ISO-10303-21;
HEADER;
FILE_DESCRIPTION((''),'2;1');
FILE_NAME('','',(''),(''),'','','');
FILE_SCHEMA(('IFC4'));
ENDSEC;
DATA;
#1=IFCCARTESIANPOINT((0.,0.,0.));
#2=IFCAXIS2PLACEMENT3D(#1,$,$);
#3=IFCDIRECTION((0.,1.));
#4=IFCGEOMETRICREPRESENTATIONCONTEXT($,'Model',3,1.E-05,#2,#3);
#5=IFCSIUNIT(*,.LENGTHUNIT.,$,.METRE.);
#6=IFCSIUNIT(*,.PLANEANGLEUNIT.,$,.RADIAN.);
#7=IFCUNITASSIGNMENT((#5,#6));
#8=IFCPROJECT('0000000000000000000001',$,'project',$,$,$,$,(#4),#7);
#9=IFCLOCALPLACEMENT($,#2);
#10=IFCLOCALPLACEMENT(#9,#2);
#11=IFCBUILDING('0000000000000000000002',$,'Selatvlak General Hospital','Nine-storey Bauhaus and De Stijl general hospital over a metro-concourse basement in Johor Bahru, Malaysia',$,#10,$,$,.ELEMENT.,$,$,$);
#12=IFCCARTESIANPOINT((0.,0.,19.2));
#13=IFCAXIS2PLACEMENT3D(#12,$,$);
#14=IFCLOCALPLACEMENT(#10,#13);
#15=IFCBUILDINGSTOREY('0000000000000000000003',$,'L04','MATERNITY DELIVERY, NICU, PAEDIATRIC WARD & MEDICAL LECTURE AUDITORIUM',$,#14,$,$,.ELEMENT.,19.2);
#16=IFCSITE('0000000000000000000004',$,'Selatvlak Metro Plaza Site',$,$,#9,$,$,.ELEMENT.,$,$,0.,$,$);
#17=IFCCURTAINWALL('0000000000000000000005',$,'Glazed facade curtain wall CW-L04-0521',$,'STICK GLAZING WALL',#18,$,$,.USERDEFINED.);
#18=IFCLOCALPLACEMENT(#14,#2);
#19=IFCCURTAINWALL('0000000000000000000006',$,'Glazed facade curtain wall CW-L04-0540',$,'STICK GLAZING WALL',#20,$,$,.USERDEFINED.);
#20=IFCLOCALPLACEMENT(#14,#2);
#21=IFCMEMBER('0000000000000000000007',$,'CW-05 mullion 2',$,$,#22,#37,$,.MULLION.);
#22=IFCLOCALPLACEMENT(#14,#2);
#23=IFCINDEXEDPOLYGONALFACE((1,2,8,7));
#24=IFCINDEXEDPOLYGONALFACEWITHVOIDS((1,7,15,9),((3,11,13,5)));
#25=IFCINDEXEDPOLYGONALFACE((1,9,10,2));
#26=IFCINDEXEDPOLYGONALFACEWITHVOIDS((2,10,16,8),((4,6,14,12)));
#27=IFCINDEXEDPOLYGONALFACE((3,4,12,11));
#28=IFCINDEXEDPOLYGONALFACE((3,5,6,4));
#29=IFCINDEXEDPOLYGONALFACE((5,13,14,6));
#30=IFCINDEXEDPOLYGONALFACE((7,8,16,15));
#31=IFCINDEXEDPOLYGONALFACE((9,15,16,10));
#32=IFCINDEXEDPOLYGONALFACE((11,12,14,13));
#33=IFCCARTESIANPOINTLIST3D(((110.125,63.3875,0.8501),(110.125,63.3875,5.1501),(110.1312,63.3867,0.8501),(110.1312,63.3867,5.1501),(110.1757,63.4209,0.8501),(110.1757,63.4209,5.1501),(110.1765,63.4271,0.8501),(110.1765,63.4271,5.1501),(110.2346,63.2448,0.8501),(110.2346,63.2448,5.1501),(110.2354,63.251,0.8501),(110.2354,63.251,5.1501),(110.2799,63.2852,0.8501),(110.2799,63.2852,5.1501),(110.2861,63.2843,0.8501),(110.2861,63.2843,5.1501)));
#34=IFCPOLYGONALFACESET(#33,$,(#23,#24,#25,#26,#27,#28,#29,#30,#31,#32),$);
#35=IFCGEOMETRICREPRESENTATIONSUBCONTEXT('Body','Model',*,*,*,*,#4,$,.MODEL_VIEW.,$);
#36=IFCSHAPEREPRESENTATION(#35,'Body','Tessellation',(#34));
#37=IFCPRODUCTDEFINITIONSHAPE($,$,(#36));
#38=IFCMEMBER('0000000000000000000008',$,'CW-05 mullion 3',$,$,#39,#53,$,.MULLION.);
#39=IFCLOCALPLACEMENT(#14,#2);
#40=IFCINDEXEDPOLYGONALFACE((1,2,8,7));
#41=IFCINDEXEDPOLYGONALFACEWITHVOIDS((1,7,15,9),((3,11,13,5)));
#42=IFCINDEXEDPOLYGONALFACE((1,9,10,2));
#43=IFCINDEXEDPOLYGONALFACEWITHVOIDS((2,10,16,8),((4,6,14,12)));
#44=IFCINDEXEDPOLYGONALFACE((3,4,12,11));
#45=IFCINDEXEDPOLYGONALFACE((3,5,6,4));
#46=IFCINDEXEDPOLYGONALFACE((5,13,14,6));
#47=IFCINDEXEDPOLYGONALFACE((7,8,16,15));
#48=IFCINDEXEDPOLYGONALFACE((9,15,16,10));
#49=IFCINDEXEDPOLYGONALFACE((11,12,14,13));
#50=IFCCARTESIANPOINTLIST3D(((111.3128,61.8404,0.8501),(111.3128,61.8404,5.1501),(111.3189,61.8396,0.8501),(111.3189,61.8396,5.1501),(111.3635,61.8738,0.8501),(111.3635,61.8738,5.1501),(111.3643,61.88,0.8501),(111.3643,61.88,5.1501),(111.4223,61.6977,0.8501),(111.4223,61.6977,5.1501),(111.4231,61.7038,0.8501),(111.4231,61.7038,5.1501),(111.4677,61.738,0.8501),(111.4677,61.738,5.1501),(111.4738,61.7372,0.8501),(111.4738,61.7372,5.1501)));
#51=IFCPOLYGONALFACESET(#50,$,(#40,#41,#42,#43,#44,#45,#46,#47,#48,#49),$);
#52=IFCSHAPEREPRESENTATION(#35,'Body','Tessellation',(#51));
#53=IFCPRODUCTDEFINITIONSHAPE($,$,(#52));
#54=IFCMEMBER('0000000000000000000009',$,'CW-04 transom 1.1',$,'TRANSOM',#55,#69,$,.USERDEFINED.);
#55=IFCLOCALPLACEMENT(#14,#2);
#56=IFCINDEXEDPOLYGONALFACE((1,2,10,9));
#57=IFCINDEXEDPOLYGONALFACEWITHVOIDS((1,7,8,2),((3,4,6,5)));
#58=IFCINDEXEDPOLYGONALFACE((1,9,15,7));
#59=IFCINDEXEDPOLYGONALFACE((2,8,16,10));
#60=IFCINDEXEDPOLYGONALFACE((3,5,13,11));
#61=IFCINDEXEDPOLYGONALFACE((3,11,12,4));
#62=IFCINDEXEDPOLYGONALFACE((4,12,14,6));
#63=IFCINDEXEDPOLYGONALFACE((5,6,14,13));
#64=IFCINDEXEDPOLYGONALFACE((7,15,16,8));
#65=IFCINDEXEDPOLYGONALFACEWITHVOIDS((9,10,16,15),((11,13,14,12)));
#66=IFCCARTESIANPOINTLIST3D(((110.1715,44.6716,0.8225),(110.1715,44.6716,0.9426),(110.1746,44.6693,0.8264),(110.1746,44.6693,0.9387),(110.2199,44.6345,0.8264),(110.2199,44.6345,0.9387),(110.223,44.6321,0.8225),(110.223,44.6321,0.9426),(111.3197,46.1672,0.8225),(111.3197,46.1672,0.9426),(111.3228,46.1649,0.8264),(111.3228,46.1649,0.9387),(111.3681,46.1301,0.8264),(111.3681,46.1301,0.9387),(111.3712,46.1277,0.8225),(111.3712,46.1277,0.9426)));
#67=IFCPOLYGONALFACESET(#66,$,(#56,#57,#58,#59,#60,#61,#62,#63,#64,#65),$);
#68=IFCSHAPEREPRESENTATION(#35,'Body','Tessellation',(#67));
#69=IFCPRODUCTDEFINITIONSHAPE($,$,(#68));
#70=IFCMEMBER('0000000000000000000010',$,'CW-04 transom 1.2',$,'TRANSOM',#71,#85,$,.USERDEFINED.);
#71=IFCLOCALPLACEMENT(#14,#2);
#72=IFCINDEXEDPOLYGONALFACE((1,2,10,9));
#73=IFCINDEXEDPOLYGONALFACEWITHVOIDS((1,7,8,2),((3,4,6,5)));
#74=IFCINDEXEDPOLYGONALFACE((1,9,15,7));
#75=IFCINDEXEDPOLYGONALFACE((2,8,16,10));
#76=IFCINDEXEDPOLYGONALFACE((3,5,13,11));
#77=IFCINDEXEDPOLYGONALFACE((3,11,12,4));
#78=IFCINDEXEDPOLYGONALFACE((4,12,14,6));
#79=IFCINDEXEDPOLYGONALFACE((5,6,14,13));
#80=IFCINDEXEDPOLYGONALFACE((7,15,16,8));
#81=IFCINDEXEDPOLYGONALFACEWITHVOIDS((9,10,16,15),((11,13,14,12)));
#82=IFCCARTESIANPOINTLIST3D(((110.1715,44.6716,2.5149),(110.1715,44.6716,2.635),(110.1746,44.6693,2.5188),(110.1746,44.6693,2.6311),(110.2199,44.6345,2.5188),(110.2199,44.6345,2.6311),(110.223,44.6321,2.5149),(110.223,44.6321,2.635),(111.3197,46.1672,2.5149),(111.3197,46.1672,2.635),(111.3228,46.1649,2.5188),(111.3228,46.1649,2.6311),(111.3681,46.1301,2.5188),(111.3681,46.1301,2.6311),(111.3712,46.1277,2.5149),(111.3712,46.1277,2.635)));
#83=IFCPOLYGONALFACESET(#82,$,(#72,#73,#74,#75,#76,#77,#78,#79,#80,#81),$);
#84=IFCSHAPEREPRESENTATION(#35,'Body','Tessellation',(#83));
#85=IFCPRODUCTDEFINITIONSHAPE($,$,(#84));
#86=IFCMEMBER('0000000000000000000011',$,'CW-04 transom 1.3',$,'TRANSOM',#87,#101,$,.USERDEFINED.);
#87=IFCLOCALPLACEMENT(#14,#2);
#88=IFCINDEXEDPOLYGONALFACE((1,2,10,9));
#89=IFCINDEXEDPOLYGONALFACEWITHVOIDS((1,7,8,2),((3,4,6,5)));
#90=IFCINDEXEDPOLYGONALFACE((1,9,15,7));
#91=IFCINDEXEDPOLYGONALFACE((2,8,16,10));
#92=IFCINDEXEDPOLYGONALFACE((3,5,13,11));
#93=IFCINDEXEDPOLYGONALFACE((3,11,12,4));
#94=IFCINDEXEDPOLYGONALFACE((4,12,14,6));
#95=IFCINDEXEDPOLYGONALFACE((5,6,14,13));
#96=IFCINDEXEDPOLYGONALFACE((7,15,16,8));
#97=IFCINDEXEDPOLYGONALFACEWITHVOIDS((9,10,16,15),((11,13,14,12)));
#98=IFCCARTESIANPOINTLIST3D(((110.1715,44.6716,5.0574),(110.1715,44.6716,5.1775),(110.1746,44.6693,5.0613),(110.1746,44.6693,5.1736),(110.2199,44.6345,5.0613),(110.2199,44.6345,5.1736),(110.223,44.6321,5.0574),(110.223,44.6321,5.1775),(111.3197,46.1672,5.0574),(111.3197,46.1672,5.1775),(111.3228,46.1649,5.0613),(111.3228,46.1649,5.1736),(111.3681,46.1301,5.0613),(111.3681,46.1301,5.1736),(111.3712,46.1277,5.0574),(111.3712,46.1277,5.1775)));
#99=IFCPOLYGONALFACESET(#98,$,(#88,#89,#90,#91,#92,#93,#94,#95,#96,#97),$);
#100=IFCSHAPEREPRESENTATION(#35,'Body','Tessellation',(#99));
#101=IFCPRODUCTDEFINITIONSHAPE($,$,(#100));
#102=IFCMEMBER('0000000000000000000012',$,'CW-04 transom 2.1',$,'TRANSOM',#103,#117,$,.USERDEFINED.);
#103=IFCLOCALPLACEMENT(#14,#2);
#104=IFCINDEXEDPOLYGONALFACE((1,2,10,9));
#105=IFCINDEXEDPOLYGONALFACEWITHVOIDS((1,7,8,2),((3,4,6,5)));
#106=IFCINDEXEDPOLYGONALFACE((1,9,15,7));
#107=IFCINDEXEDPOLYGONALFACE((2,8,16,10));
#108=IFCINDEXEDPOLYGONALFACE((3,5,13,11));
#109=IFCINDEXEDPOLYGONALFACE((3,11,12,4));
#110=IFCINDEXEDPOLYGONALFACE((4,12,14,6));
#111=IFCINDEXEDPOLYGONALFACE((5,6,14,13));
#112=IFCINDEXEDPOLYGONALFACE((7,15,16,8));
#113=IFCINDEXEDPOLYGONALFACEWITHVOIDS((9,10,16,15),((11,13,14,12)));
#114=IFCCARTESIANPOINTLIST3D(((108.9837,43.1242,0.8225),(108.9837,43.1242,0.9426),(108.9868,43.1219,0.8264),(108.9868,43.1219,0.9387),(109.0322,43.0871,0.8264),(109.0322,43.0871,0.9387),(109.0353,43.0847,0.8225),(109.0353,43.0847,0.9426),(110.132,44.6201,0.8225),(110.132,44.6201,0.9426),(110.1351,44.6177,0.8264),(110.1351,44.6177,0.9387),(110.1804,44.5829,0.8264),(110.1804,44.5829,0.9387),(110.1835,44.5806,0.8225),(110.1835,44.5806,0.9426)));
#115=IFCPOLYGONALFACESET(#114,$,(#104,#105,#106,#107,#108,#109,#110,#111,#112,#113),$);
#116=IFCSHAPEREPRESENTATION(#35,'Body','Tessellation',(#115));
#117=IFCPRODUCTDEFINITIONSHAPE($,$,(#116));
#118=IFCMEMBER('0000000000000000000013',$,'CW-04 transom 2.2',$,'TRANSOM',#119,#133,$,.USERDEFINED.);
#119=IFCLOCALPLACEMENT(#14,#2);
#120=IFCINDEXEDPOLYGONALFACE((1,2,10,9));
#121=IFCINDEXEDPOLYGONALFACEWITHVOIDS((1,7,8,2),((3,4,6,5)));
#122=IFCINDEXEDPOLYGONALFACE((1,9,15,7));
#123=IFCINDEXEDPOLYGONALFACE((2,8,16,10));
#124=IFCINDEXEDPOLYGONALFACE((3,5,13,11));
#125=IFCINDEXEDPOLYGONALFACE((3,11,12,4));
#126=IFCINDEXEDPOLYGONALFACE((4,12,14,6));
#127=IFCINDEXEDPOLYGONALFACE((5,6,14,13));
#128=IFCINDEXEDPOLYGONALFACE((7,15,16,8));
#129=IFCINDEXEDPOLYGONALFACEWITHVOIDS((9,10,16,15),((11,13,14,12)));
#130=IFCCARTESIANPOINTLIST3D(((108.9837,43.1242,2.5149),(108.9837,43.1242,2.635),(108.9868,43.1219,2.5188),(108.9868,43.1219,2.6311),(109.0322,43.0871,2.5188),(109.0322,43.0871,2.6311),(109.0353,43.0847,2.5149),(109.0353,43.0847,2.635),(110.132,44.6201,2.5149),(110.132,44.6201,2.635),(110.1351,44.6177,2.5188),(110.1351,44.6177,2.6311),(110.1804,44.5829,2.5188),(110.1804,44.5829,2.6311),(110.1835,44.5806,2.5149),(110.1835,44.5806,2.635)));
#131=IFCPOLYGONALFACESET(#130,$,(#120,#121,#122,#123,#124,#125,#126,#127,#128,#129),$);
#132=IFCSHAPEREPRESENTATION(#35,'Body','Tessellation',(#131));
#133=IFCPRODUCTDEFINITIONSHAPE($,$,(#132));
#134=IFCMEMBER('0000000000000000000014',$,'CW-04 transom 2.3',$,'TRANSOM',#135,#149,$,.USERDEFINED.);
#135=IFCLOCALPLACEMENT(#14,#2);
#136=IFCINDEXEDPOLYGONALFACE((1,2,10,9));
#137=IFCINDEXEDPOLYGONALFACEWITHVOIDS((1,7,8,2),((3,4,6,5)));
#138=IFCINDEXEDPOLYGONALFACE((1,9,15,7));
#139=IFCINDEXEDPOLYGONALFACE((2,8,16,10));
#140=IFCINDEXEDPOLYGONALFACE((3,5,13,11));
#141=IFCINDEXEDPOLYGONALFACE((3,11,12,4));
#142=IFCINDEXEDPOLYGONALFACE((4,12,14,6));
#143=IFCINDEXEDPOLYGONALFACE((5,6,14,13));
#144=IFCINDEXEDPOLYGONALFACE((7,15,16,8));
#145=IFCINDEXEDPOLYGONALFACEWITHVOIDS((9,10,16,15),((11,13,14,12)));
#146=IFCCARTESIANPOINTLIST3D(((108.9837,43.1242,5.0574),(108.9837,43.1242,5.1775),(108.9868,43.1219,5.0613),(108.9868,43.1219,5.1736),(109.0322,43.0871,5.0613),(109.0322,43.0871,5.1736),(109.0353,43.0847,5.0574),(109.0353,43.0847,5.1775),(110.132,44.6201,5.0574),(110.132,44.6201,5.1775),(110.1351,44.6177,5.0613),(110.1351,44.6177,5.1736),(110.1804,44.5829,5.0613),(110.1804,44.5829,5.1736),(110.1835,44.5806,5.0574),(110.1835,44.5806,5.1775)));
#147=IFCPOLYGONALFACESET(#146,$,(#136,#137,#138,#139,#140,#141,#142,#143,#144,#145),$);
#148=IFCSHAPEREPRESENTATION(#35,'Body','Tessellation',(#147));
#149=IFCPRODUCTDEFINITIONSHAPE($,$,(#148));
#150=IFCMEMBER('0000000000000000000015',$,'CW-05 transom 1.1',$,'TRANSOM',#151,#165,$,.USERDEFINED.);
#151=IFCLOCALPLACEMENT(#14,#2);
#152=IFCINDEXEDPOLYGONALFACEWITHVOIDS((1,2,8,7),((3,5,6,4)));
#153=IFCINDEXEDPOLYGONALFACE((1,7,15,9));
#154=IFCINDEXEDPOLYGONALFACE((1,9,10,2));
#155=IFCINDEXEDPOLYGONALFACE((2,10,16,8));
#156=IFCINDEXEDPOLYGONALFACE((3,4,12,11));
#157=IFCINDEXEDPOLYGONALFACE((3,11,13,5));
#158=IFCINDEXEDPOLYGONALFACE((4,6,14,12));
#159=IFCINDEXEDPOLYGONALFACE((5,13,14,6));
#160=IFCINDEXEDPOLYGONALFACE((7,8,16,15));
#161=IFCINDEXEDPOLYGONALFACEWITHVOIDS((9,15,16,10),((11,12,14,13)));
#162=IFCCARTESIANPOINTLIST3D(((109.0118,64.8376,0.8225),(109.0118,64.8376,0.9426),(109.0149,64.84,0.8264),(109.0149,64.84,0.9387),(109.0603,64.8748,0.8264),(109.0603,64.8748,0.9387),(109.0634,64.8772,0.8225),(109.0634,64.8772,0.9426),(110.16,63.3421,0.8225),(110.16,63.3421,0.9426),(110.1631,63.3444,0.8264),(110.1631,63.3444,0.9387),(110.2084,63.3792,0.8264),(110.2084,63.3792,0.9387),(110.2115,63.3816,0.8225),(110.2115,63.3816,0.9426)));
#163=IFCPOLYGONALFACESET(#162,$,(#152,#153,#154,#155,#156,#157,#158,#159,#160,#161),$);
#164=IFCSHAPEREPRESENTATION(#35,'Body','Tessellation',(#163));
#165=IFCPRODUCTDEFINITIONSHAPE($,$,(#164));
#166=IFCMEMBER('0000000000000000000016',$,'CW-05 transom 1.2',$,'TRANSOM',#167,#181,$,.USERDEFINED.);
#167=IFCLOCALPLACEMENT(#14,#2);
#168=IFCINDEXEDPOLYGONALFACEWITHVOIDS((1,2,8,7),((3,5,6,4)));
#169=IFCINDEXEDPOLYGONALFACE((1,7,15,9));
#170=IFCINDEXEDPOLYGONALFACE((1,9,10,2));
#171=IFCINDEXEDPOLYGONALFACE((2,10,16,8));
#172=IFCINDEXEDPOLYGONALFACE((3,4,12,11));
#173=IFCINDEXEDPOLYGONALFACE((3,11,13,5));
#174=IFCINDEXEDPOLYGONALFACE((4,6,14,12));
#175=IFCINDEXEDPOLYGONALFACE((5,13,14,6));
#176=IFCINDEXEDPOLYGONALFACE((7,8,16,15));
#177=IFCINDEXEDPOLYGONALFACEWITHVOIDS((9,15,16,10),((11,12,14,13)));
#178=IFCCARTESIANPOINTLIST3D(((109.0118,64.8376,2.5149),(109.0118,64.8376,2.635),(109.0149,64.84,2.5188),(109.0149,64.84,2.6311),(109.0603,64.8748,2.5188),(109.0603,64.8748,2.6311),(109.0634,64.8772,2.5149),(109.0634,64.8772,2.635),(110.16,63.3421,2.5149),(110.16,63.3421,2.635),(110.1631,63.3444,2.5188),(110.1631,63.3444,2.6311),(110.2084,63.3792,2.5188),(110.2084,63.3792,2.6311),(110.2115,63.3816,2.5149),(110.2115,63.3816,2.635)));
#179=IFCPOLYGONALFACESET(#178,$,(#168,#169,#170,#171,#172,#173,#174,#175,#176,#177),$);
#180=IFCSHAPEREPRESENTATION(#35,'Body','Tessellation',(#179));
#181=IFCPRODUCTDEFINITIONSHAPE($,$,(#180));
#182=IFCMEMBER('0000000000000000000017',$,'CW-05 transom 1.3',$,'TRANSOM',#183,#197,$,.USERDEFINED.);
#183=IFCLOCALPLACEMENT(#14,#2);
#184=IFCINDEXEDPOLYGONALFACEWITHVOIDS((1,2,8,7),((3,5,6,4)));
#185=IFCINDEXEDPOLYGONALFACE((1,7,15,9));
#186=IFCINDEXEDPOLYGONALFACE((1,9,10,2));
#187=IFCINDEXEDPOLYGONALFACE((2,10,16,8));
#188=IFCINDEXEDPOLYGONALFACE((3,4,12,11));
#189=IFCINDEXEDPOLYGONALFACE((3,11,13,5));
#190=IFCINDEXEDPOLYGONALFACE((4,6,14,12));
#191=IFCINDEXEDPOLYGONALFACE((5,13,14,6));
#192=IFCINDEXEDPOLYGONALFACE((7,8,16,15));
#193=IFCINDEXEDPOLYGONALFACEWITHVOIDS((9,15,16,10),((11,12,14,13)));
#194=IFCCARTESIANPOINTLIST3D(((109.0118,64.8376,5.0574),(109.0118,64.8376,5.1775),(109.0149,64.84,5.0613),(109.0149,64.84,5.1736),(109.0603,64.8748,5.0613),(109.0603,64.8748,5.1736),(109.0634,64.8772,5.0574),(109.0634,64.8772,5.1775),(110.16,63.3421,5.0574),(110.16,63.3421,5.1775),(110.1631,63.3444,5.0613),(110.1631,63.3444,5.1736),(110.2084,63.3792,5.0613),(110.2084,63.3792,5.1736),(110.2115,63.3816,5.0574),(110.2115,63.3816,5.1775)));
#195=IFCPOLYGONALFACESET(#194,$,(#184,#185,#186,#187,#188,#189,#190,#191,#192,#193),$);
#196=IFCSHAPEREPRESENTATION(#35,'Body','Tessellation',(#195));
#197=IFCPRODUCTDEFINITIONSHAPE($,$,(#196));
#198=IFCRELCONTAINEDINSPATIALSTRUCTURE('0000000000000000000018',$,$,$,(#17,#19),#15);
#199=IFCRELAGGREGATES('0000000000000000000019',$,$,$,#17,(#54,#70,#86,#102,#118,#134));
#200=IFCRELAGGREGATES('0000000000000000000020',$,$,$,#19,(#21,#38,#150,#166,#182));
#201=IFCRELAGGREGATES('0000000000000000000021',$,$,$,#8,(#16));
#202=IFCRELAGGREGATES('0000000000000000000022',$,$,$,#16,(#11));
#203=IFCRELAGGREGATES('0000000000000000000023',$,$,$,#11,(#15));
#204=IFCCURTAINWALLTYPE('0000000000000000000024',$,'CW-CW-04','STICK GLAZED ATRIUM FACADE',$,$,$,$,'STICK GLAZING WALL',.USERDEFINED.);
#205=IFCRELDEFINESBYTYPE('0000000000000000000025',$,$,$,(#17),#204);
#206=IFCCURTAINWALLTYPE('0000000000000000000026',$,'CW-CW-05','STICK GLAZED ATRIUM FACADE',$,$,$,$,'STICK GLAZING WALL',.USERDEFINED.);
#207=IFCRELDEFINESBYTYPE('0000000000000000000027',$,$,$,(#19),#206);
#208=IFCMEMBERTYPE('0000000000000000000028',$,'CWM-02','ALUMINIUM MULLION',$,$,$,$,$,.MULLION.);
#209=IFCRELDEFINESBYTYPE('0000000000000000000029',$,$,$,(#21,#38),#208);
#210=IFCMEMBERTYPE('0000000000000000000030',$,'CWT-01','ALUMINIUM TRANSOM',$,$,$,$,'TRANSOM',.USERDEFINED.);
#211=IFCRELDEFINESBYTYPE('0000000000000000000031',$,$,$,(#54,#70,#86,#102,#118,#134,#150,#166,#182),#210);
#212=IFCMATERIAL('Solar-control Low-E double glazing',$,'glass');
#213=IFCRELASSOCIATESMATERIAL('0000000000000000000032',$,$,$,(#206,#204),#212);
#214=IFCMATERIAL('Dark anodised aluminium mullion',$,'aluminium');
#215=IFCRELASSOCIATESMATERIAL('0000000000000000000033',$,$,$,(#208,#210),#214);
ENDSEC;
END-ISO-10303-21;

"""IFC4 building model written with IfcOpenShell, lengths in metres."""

from ifc_helpers import new_model, si_unit, direction, frame, origin, origin_2d, place, context, subcontext, project, spatial, hollow_rectangle, extrude, material, material_profile, profile_set, type_object, element, aggregate, save


model = new_model("IFC4")

# Units and contexts
model_context = context("Model", 3, precision=1e-05, world=origin(), true_north=direction((0.0, 1.0)))
body_context = subcontext(model_context, "Body", "Model", "MODEL_VIEW")
ifc_project = project(units=[si_unit("LENGTHUNIT", "METRE"), si_unit("PLANEANGLEUNIT", "RADIAN")], contexts=[model_context])

# Site, building, storey
site_placement = place(None, origin())
site = spatial("IfcSite", under=ifc_project, at=site_placement, Name="Selatvlak Metro Plaza Site", CompositionType="ELEMENT", RefElevation=0.0)
building_placement = place(site_placement, origin())
building = spatial("IfcBuilding", under=site, at=building_placement, Name="Selatvlak General Hospital", Description="Nine-storey Bauhaus and De Stijl general hospital over a metro-concourse basement in Johor Bahru, Malaysia", CompositionType="ELEMENT")
storey_placement = place(building_placement, frame((0.0, 0.0, 19.2)))
storey = spatial("IfcBuildingStorey", under=building, at=storey_placement, Name="L04", Description="MATERNITY DELIVERY, NICU, PAEDIATRIC WARD & MEDICAL LECTURE AUDITORIUM", CompositionType="ELEMENT", Elevation=19.2)

# Shared definitions
ifc_material_1 = material(Name="Solar-control Low-E double glazing", Category="glass")
curtain_wall_type_1 = type_object("IfcCurtainWallType", Name="CW-CW-05", Description="STICK GLAZED ATRIUM FACADE", ElementType="STICK GLAZING WALL", PredefinedType="USERDEFINED", material=ifc_material_1)
ifc_material_2 = material(Name="Dark anodised aluminium mullion", Category="aluminium")
ifc_material_profile_1 = material_profile(ifc_material_2, hollow_rectangle(XDim=0.0649, YDim=0.1799, WallThickness=0.0044, at=origin_2d()), Name="AL-MUL 65x180x4.5")
ifc_profile_set_1 = profile_set([ifc_material_profile_1], Name="Dark anodised aluminium mullion")
member_type_1 = type_object("IfcMemberType", Name="CWM-02", Description="ALUMINIUM MULLION", PredefinedType="MULLION", material=ifc_profile_set_1)

# Curtain walls, members
curtain_wall_type_2 = type_object("IfcCurtainWallType", Name="CW-CW-04", Description="STICK GLAZED ATRIUM FACADE", ElementType="STICK GLAZING WALL", PredefinedType="USERDEFINED", material=ifc_material_1)
curtain_wall_1_placement = place(storey_placement, origin())
curtain_wall_1 = element("IfcCurtainWall", 1, at=curtain_wall_1_placement, inside=storey, type_object=curtain_wall_type_2, Name="Glazed facade curtain wall CW-L04-0521", ObjectType="STICK GLAZING WALL", PredefinedType="USERDEFINED")
curtain_wall_2_placement = place(storey_placement, origin())
curtain_wall_2 = element("IfcCurtainWall", 2, at=curtain_wall_2_placement, inside=storey, type_object=curtain_wall_type_1, Name="Glazed facade curtain wall CW-L04-0540", ObjectType="STICK GLAZING WALL", PredefinedType="USERDEFINED")
member_1_placement = place(storey_placement, frame((110.2056, 63.3359, 0.8501), z_axis=(0.0, 0.0, 1.0), x_axis=(0.793233, 0.608918, 0.0)))
member_1 = element("IfcMember", 3, at=member_1_placement, type_object=member_type_1, Name="CW-05 mullion 2", PredefinedType="MULLION", context=body_context, shape_type="SweptSolid", body=[
    extrude(hollow_rectangle(XDim=0.0649, YDim=0.1799, WallThickness=0.0044, at=origin_2d()), origin(), (0.0, 0.0, 1.0), 4.3),
])
member_2_placement = place(storey_placement, frame((111.3933, 61.7888, 0.8501), z_axis=(0.0, 0.0, 1.0), x_axis=(0.793233, 0.608918, 0.0)))
member_2 = element("IfcMember", 4, at=member_2_placement, type_object=member_type_1, Name="CW-05 mullion 3", PredefinedType="MULLION", context=body_context, shape_type="SweptSolid", body=[
    extrude(hollow_rectangle(XDim=0.0649, YDim=0.1799, WallThickness=0.0044, at=origin_2d()), origin(), (0.0, 0.0, 1.0), 4.3),
])

# Members
ifc_material_profile_2 = material_profile(ifc_material_2, hollow_rectangle(XDim=0.0649, YDim=0.1201, WallThickness=0.0039, at=origin_2d()), Name="AL-TRN 65x120x4")
ifc_profile_set_2 = profile_set([ifc_material_profile_2], Name="Dark anodised aluminium mullion")
member_type_2 = type_object("IfcMemberType", Name="CWT-01", Description="ALUMINIUM TRANSOM", ElementType="TRANSOM", PredefinedType="USERDEFINED", material=ifc_profile_set_2)
member_3_placement = place(storey_placement, frame((111.3455, 46.1475, 0.8826), z_axis=(-0.608953, -0.793206, 0.0), x_axis=(0.793206, -0.608953, 0.0)))
member_3 = element("IfcMember", 5, at=member_3_placement, type_object=member_type_2, Name="CW-04 transom 1.1", ObjectType="TRANSOM", PredefinedType="USERDEFINED", context=body_context, shape_type="SweptSolid", body=[
    extrude(hollow_rectangle(XDim=0.0649, YDim=0.1201, WallThickness=0.0039, at=origin_2d()), origin(), (0.0, 0.0, 1.0), 1.8855),
])
member_4_placement = place(storey_placement, frame((111.3455, 46.1475, 2.575), z_axis=(-0.608953, -0.793206, 0.0), x_axis=(0.793206, -0.608953, 0.0)))
member_4 = element("IfcMember", 6, at=member_4_placement, type_object=member_type_2, Name="CW-04 transom 1.2", ObjectType="TRANSOM", PredefinedType="USERDEFINED", context=body_context, shape_type="SweptSolid", body=[
    extrude(hollow_rectangle(XDim=0.0649, YDim=0.1201, WallThickness=0.0039, at=origin_2d()), origin(), (0.0, 0.0, 1.0), 1.8855),
])
member_5_placement = place(storey_placement, frame((111.3455, 46.1475, 5.1174), z_axis=(-0.608953, -0.793206, 0.0), x_axis=(0.793206, -0.608953, 0.0)))
member_5 = element("IfcMember", 7, at=member_5_placement, type_object=member_type_2, Name="CW-04 transom 1.3", ObjectType="TRANSOM", PredefinedType="USERDEFINED", context=body_context, shape_type="SweptSolid", body=[
    extrude(hollow_rectangle(XDim=0.0649, YDim=0.1201, WallThickness=0.0039, at=origin_2d()), origin(), (0.0, 0.0, 1.0), 1.8855),
])
member_6_placement = place(storey_placement, frame((110.1577, 44.6003, 0.8826), z_axis=(-0.608891, -0.793254, 0.0), x_axis=(0.793254, -0.608891, 0.0)))
member_6 = element("IfcMember", 8, at=member_6_placement, type_object=member_type_2, Name="CW-04 transom 2.1", ObjectType="TRANSOM", PredefinedType="USERDEFINED", context=body_context, shape_type="SweptSolid", body=[
    extrude(hollow_rectangle(XDim=0.0649, YDim=0.1201, WallThickness=0.0039, at=origin_2d()), origin(), (0.0, 0.0, 1.0), 1.8857),
])
member_7_placement = place(storey_placement, frame((110.1577, 44.6003, 2.575), z_axis=(-0.608891, -0.793254, 0.0), x_axis=(0.793254, -0.608891, 0.0)))
member_7 = element("IfcMember", 9, at=member_7_placement, type_object=member_type_2, Name="CW-04 transom 2.2", ObjectType="TRANSOM", PredefinedType="USERDEFINED", context=body_context, shape_type="SweptSolid", body=[
    extrude(hollow_rectangle(XDim=0.0649, YDim=0.1201, WallThickness=0.0039, at=origin_2d()), origin(), (0.0, 0.0, 1.0), 1.8857),
])
member_8_placement = place(storey_placement, frame((110.1577, 44.6003, 5.1174), z_axis=(-0.608891, -0.793254, 0.0), x_axis=(0.793254, -0.608891, 0.0)))
member_8 = element("IfcMember", 10, at=member_8_placement, type_object=member_type_2, Name="CW-04 transom 2.3", ObjectType="TRANSOM", PredefinedType="USERDEFINED", context=body_context, shape_type="SweptSolid", body=[
    extrude(hollow_rectangle(XDim=0.0649, YDim=0.1201, WallThickness=0.0039, at=origin_2d()), origin(), (0.0, 0.0, 1.0), 1.8857),
])
member_9_placement = place(storey_placement, frame((109.0376, 64.8574, 0.8826), z_axis=(0.608953, -0.793206, 0.0), x_axis=(0.793206, 0.608953, 0.0)))
member_9 = element("IfcMember", 11, at=member_9_placement, type_object=member_type_2, Name="CW-05 transom 1.1", ObjectType="TRANSOM", PredefinedType="USERDEFINED", context=body_context, shape_type="SweptSolid", body=[
    extrude(hollow_rectangle(XDim=0.0649, YDim=0.1201, WallThickness=0.0039, at=origin_2d()), origin(), (0.0, 0.0, 1.0), 1.8855),
])
member_10_placement = place(storey_placement, frame((109.0376, 64.8574, 2.575), z_axis=(0.608953, -0.793206, 0.0), x_axis=(0.793206, 0.608953, 0.0)))
member_10 = element("IfcMember", 12, at=member_10_placement, type_object=member_type_2, Name="CW-05 transom 1.2", ObjectType="TRANSOM", PredefinedType="USERDEFINED", context=body_context, shape_type="SweptSolid", body=[
    extrude(hollow_rectangle(XDim=0.0649, YDim=0.1201, WallThickness=0.0039, at=origin_2d()), origin(), (0.0, 0.0, 1.0), 1.8855),
])
member_11_placement = place(storey_placement, frame((109.0376, 64.8574, 5.1174), z_axis=(0.608953, -0.793206, 0.0), x_axis=(0.793206, 0.608953, 0.0)))
member_11 = element("IfcMember", 13, at=member_11_placement, type_object=member_type_2, Name="CW-05 transom 1.3", ObjectType="TRANSOM", PredefinedType="USERDEFINED", context=body_context, shape_type="SweptSolid", body=[
    extrude(hollow_rectangle(XDim=0.0649, YDim=0.1201, WallThickness=0.0039, at=origin_2d()), origin(), (0.0, 0.0, 1.0), 1.8855),
])

aggregate(curtain_wall_1, [member_3, member_4, member_5, member_6, member_7, member_8])
aggregate(curtain_wall_2, [member_1, member_2, member_9, member_10, member_11])

save(model, "model.ifc")
